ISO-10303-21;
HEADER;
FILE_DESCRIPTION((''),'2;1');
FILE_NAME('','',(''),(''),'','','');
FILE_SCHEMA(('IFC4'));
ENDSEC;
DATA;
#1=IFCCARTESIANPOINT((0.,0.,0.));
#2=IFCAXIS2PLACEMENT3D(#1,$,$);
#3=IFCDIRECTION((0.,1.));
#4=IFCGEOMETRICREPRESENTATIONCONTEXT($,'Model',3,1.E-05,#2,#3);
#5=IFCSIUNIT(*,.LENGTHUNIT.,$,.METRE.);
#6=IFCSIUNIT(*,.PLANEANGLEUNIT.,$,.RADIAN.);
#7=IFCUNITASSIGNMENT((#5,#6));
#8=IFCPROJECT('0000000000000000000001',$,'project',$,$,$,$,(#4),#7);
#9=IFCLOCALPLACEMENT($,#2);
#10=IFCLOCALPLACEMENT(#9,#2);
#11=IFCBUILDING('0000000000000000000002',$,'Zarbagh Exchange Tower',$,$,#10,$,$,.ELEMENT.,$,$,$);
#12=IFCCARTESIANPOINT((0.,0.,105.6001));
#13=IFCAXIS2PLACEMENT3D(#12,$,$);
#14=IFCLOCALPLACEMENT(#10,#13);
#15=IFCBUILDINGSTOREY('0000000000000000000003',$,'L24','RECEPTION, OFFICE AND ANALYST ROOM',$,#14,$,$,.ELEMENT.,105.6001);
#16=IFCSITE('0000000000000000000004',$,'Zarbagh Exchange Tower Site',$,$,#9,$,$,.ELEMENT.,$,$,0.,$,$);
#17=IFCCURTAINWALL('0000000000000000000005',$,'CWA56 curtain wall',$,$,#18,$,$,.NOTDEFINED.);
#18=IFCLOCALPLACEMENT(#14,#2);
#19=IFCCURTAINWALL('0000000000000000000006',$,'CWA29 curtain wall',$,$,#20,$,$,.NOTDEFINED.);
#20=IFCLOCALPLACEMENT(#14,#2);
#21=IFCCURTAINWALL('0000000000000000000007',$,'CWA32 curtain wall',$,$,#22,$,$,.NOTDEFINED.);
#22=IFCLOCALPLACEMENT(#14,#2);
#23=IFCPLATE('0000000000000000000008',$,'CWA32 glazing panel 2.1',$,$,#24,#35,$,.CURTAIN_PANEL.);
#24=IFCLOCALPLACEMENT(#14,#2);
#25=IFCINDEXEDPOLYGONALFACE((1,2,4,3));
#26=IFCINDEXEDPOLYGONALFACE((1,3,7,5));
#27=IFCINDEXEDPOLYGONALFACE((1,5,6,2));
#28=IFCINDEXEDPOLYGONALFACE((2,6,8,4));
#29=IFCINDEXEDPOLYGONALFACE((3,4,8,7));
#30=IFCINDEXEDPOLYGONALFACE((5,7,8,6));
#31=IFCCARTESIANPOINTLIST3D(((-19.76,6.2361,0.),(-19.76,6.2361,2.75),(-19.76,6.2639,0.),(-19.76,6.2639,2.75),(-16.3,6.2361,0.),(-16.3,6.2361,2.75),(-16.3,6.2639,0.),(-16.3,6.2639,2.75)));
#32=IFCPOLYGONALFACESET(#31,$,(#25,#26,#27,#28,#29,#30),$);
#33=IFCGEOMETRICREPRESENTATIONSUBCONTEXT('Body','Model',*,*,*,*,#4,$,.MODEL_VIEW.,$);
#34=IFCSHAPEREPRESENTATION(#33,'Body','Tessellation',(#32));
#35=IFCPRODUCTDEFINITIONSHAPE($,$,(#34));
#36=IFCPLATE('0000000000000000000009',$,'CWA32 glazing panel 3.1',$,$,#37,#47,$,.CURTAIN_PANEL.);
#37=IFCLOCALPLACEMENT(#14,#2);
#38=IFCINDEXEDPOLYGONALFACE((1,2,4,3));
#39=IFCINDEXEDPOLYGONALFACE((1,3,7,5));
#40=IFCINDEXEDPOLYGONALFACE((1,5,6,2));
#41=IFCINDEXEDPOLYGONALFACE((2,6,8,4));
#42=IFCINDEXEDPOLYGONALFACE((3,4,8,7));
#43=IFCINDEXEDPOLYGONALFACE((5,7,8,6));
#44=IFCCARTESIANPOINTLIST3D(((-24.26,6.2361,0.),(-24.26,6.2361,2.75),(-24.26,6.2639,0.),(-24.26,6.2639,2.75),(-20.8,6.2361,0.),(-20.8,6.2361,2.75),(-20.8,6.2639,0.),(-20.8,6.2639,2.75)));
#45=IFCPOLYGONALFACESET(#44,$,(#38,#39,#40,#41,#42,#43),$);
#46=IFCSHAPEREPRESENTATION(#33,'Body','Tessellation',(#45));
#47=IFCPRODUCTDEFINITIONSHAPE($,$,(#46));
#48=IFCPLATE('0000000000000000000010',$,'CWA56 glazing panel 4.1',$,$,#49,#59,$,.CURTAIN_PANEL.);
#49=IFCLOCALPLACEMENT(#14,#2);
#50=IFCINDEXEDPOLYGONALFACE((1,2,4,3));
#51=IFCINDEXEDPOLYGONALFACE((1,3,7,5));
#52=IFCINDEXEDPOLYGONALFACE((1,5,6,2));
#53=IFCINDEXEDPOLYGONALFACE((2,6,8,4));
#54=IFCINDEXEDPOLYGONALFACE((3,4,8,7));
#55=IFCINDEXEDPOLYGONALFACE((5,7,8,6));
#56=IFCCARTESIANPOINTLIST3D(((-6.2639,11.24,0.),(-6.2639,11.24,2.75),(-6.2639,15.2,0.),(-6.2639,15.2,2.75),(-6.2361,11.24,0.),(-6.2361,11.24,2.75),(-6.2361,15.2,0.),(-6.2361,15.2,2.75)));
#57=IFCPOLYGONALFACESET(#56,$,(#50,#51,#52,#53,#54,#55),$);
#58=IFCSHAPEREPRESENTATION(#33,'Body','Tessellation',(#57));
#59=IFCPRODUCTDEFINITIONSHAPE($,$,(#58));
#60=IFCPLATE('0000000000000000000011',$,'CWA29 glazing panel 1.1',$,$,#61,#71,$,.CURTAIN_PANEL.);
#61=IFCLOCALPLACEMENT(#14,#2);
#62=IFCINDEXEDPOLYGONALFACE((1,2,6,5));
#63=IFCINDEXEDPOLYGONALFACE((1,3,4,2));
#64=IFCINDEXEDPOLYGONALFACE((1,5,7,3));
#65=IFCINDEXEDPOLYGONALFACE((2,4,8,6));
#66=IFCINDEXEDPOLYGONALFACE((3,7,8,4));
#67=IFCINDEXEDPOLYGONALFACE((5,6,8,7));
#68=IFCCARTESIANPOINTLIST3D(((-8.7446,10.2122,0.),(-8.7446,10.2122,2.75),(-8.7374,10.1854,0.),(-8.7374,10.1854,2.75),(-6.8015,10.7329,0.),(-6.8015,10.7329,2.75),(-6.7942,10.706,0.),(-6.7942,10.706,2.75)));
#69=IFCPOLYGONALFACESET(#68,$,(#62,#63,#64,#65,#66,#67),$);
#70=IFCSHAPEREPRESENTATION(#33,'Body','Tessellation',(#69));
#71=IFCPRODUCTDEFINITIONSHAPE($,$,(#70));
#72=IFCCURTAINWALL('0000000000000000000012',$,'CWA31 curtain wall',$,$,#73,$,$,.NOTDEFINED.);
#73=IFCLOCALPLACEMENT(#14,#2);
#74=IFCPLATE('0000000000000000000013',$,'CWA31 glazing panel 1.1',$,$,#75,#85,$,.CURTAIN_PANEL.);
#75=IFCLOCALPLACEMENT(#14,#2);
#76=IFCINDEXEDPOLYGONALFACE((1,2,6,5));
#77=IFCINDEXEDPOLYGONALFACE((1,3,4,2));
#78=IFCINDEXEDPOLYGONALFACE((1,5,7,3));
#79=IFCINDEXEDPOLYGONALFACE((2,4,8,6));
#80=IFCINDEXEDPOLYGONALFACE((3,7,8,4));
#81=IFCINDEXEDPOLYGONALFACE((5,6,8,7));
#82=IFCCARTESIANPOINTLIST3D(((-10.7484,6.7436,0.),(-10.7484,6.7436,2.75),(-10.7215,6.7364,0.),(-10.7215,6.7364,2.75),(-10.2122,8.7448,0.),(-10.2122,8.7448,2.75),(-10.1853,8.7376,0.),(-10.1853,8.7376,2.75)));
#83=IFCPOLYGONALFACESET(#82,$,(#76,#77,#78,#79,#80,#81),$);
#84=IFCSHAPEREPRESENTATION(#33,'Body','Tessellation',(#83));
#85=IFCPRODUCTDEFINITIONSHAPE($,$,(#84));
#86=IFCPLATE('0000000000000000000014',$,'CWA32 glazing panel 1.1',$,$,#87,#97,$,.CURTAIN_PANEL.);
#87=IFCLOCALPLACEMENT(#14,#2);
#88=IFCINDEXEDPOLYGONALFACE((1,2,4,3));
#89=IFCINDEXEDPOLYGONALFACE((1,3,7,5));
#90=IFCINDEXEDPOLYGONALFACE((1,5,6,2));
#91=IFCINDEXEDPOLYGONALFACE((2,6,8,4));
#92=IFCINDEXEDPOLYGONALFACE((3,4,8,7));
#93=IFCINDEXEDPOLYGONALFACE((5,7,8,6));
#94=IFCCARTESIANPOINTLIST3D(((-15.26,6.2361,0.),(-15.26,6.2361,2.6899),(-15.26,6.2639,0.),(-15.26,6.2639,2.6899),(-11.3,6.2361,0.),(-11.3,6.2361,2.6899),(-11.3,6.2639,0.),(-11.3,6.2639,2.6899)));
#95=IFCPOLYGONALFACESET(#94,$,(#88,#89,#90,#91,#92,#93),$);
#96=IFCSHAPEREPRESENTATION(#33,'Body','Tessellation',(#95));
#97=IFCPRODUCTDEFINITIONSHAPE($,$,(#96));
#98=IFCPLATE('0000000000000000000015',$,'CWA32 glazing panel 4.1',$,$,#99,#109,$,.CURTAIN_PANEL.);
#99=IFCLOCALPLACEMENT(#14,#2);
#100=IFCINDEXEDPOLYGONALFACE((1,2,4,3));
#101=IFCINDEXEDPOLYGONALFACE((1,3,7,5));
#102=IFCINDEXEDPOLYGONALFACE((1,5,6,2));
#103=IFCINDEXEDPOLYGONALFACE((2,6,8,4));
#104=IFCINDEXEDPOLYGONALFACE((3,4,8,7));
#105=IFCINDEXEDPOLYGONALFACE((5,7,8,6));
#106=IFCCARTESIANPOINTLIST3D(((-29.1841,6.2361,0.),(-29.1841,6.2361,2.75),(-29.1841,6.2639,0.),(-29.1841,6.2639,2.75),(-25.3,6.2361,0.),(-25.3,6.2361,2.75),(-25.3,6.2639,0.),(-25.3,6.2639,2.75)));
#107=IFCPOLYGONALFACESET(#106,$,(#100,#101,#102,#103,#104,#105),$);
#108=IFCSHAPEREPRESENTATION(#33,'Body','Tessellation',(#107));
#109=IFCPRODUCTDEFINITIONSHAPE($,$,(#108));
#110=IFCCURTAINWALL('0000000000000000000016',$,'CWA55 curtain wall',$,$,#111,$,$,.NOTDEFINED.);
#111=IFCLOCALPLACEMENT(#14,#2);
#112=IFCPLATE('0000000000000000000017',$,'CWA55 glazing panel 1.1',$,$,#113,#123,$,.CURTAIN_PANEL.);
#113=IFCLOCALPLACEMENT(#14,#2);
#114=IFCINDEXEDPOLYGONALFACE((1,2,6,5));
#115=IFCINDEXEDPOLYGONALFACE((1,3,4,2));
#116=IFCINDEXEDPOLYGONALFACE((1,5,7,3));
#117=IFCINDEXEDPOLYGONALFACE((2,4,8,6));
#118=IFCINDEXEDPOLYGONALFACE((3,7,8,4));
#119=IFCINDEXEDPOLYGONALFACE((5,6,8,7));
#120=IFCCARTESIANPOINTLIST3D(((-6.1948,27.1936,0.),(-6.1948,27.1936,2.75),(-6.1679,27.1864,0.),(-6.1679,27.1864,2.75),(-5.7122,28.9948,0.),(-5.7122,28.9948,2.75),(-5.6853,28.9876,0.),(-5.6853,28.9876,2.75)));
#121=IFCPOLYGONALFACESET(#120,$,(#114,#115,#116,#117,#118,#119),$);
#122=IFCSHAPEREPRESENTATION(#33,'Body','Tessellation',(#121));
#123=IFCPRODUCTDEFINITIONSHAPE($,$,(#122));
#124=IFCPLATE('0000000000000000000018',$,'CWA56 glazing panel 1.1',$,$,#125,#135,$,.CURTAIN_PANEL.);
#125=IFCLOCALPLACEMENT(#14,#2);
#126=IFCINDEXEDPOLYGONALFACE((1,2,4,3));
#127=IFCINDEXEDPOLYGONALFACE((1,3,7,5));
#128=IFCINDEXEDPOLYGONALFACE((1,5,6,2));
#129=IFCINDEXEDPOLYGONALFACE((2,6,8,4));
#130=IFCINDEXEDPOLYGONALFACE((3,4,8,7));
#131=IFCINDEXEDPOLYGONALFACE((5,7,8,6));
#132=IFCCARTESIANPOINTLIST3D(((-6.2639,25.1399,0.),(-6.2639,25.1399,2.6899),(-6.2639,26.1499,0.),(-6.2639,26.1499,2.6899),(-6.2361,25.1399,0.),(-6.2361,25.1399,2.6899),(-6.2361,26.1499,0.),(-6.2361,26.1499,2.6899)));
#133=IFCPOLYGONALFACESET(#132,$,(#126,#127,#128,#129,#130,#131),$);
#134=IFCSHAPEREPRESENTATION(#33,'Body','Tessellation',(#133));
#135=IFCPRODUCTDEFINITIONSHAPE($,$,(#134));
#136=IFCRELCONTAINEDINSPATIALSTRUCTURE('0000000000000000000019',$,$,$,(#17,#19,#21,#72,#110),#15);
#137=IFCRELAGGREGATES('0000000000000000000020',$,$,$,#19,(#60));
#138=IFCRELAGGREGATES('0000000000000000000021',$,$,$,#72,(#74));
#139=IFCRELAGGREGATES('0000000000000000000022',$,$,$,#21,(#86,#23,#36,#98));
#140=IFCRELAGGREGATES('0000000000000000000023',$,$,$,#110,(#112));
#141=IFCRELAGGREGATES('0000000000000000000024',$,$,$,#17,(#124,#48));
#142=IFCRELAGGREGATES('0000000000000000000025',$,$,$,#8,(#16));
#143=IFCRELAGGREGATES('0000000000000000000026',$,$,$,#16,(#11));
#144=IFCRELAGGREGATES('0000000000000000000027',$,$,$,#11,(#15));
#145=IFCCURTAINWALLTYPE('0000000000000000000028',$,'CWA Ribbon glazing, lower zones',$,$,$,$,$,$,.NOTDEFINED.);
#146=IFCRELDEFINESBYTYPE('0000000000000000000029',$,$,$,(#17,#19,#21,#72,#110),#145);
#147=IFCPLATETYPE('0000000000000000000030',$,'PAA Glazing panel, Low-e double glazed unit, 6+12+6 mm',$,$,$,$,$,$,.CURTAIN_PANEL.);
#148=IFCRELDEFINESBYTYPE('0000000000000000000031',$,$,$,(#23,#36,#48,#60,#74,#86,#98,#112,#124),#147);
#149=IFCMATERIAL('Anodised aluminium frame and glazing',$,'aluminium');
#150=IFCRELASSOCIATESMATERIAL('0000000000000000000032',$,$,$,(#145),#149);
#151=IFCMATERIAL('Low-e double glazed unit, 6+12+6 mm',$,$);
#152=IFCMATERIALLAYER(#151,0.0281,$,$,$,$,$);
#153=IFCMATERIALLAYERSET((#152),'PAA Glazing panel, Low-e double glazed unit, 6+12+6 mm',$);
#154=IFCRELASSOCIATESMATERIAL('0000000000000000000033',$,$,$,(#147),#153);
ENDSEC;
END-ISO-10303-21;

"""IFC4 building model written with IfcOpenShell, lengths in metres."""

from ifc_helpers import new_model, si_unit, direction, frame, origin, place, context, subcontext, project, spatial, polyline, outline, extrude, source, transform, mapped, material, layer, layer_set, type_object, element, aggregate, save


model = new_model("IFC4")

# Units and contexts
model_context = context("Model", 3, precision=1e-05, world=origin(), true_north=direction((0.0, 1.0)))
body_context = subcontext(model_context, "Body", "Model", "MODEL_VIEW")
ifc_project = project(units=[si_unit("LENGTHUNIT", "METRE"), si_unit("PLANEANGLEUNIT", "RADIAN")], contexts=[model_context])

# Site, building, storey
site_placement = place(None, origin())
site = spatial("IfcSite", under=ifc_project, at=site_placement, Name="Zarbagh Exchange Tower Site", CompositionType="ELEMENT", RefElevation=0.0)
building_placement = place(site_placement, origin())
building = spatial("IfcBuilding", under=site, at=building_placement, Name="Zarbagh Exchange Tower", CompositionType="ELEMENT")
storey_placement = place(building_placement, frame((0.0, 0.0, 105.6001)))
storey = spatial("IfcBuildingStorey", under=building, at=storey_placement, Name="L24", Description="RECEPTION, OFFICE AND ANALYST ROOM", CompositionType="ELEMENT", Elevation=105.6001)

# Curtain wall
ifc_material_1 = material(Name="Anodised aluminium frame and glazing", Category="aluminium")
curtain_wall_type = type_object("IfcCurtainWallType", Name="CWA Ribbon glazing, lower zones", PredefinedType="NOTDEFINED", material=ifc_material_1)
curtain_wall_1_placement = place(storey_placement, origin())
curtain_wall_1 = element("IfcCurtainWall", 1, at=curtain_wall_1_placement, inside=storey, type_object=curtain_wall_type, Name="CWA56 curtain wall", PredefinedType="NOTDEFINED")
placement = place(storey_placement, origin())

# Curtain wall
curtain_wall_2_placement = place(storey_placement, origin())
curtain_wall_2 = element("IfcCurtainWall", 2, at=curtain_wall_2_placement, inside=storey, type_object=curtain_wall_type, Name="CWA29 curtain wall", PredefinedType="NOTDEFINED")

# Curtain wall
curtain_wall_3_placement = place(storey_placement, origin())
curtain_wall_3 = element("IfcCurtainWall", 3, at=curtain_wall_3_placement, inside=storey, type_object=curtain_wall_type, Name="CWA32 curtain wall", PredefinedType="NOTDEFINED")

# Shared definitions
ifc_material_2 = material(Name="Low-e double glazed unit, 6+12+6 mm")
ifc_layer = layer(ifc_material_2, 0.0281)
ifc_layer_set = layer_set([ifc_layer], Name="PAA Glazing panel, Low-e double glazed unit, 6+12+6 mm")
plate_type = type_object("IfcPlateType", Name="PAA Glazing panel, Low-e double glazed unit, 6+12+6 mm", PredefinedType="CURTAIN_PANEL", material=ifc_layer_set)

# Plates
shared_shape_1 = source(origin(), body_context, "Body", "SweptSolid", [
    extrude(outline(polyline([(0.0, -0.0139), (3.46, -0.0139), (3.46, 0.0139), (0.0, 0.0139), (0.0, -0.0139)])), origin(), (0.0, 0.0, 1.0), 2.75),
])
plate_1 = element("IfcPlate", 4, at=placement, type_object=plate_type, Name="CWA32 glazing panel 2.1", PredefinedType="CURTAIN_PANEL", context=body_context, shape_type="MappedRepresentation", body=[
    mapped(shared_shape_1, transform((-16.3, 6.25, 0.0), x_axis=(-1.0, 0.0, 0.0), y_axis=(0.0, -1.0, 0.0), z_axis=(0.0, 0.0, 1.0))),
])
plate_2 = element("IfcPlate", 5, at=placement, type_object=plate_type, Name="CWA32 glazing panel 3.1", PredefinedType="CURTAIN_PANEL", context=body_context, shape_type="MappedRepresentation", body=[
    mapped(shared_shape_1, transform((-20.8, 6.25, 0.0), x_axis=(-1.0, 0.0, 0.0), y_axis=(0.0, -1.0, 0.0), z_axis=(0.0, 0.0, 1.0))),
])
shared_shape_2 = source(origin(), body_context, "Body", "SweptSolid", [
    extrude(outline(polyline([(0.0, -0.0139), (3.96, -0.0139), (3.96, 0.0139), (0.0, 0.0139), (0.0, -0.0139)])), origin(), (0.0, 0.0, 1.0), 2.75),
])
plate_3 = element("IfcPlate", 6, at=placement, type_object=plate_type, Name="CWA56 glazing panel 4.1", PredefinedType="CURTAIN_PANEL", context=body_context, shape_type="MappedRepresentation", body=[
    mapped(shared_shape_2, transform((-6.25, 15.2, 0.0), x_axis=(0.0, -1.0, 0.0), y_axis=(1.0, 0.0, 0.0), z_axis=(0.0, 0.0, 1.0))),
])
shared_shape_3 = source(origin(), body_context, "Body", "SweptSolid", [
    extrude(outline(polyline([(0.0, -0.0139), (2.0117, -0.0139), (2.0117, 0.0139), (0.0, 0.0139), (0.0, -0.0139)])), origin(), (0.0, 0.0, 1.0), 2.75),
])
plate_4 = element("IfcPlate", 7, at=placement, type_object=plate_type, Name="CWA29 glazing panel 1.1", PredefinedType="CURTAIN_PANEL", context=body_context, shape_type="MappedRepresentation", body=[
    mapped(shared_shape_3, transform((-6.7979, 10.7195, 0.0), x_axis=(-0.965924, -0.258825, 0.0), y_axis=(0.258825, -0.965924, 0.0), z_axis=(0.0, 0.0, 1.0))),
])
aggregate(curtain_wall_2, [plate_4])

# Curtain wall, plate
curtain_wall_4_placement = place(storey_placement, origin())
curtain_wall_4 = element("IfcCurtainWall", 8, at=curtain_wall_4_placement, inside=storey, type_object=curtain_wall_type, Name="CWA31 curtain wall", PredefinedType="NOTDEFINED")
shared_shape_4 = source(origin(), body_context, "Body", "SweptSolid", [
    extrude(outline(polyline([(0.0, -0.0139), (2.0718, -0.0139), (2.0718, 0.0139), (0.0, 0.0139), (0.0, -0.0139)])), origin(), (0.0, 0.0, 1.0), 2.75),
])
plate_5 = element("IfcPlate", 9, at=placement, type_object=plate_type, Name="CWA31 glazing panel 1.1", PredefinedType="CURTAIN_PANEL", context=body_context, shape_type="MappedRepresentation", body=[
    mapped(shared_shape_4, transform((-10.1987, 8.7412, 0.0), x_axis=(-0.258825, -0.965924, 0.0), y_axis=(0.965924, -0.258825, 0.0), z_axis=(0.0, 0.0, 1.0))),
])
aggregate(curtain_wall_4, [plate_5])

# Plates
shared_shape_5 = source(origin(), body_context, "Body", "SweptSolid", [
    extrude(outline(polyline([(0.0, -0.0139), (3.96, -0.0139), (3.96, 0.0139), (0.0, 0.0139), (0.0, -0.0139)])), origin(), (0.0, 0.0, 1.0), 2.6899),
])
plate_6 = element("IfcPlate", 10, at=placement, type_object=plate_type, Name="CWA32 glazing panel 1.1", PredefinedType="CURTAIN_PANEL", context=body_context, shape_type="MappedRepresentation", body=[
    mapped(shared_shape_5, transform((-11.3, 6.25, 0.0), x_axis=(-1.0, 0.0, 0.0), y_axis=(0.0, -1.0, 0.0), z_axis=(0.0, 0.0, 1.0))),
])
shared_shape_6 = source(origin(), body_context, "Body", "SweptSolid", [
    extrude(outline(polyline([(0.0, -0.0139), (3.884, -0.0139), (3.884, 0.0139), (0.0, 0.0139), (0.0, -0.0139)])), origin(), (0.0, 0.0, 1.0), 2.75),
])
plate_7 = element("IfcPlate", 11, at=placement, type_object=plate_type, Name="CWA32 glazing panel 4.1", PredefinedType="CURTAIN_PANEL", context=body_context, shape_type="MappedRepresentation", body=[
    mapped(shared_shape_6, transform((-25.3, 6.25, 0.0), x_axis=(-1.0, 0.0, 0.0), y_axis=(0.0, -1.0, 0.0), z_axis=(0.0, 0.0, 1.0))),
])
aggregate(curtain_wall_3, [plate_6, plate_1, plate_2, plate_7])

# Curtain wall, plate
curtain_wall_5_placement = place(storey_placement, origin())
curtain_wall_5 = element("IfcCurtainWall", 12, at=curtain_wall_5_placement, inside=storey, type_object=curtain_wall_type, Name="CWA55 curtain wall", PredefinedType="NOTDEFINED")
shared_shape_7 = source(origin(), body_context, "Body", "SweptSolid", [
    extrude(outline(polyline([(0.0, -0.0139), (1.8647, -0.0139), (1.8647, 0.0139), (0.0, 0.0139), (0.0, -0.0139)])), origin(), (0.0, 0.0, 1.0), 2.75),
])
plate_8 = element("IfcPlate", 13, at=placement, type_object=plate_type, Name="CWA55 glazing panel 1.1", PredefinedType="CURTAIN_PANEL", context=body_context, shape_type="MappedRepresentation", body=[
    mapped(shared_shape_7, transform((-5.6987, 28.9912, 0.0), x_axis=(-0.258825, -0.965924, 0.0), y_axis=(0.965924, -0.258825, 0.0), z_axis=(0.0, 0.0, 1.0))),
])
aggregate(curtain_wall_5, [plate_8])

# Plate
shared_shape_8 = source(origin(), body_context, "Body", "SweptSolid", [
    extrude(outline(polyline([(0.0, -0.0139), (1.01, -0.0139), (1.01, 0.0139), (0.0, 0.0139), (0.0, -0.0139)])), origin(), (0.0, 0.0, 1.0), 2.6899),
])
plate_9 = element("IfcPlate", 14, at=placement, type_object=plate_type, Name="CWA56 glazing panel 1.1", PredefinedType="CURTAIN_PANEL", context=body_context, shape_type="MappedRepresentation", body=[
    mapped(shared_shape_8, transform((-6.25, 26.1499, 0.0), x_axis=(0.0, -1.0, 0.0), y_axis=(1.0, 0.0, 0.0), z_axis=(0.0, 0.0, 1.0))),
])
aggregate(curtain_wall_1, [plate_9, plate_3])

save(model, "model.ifc")
